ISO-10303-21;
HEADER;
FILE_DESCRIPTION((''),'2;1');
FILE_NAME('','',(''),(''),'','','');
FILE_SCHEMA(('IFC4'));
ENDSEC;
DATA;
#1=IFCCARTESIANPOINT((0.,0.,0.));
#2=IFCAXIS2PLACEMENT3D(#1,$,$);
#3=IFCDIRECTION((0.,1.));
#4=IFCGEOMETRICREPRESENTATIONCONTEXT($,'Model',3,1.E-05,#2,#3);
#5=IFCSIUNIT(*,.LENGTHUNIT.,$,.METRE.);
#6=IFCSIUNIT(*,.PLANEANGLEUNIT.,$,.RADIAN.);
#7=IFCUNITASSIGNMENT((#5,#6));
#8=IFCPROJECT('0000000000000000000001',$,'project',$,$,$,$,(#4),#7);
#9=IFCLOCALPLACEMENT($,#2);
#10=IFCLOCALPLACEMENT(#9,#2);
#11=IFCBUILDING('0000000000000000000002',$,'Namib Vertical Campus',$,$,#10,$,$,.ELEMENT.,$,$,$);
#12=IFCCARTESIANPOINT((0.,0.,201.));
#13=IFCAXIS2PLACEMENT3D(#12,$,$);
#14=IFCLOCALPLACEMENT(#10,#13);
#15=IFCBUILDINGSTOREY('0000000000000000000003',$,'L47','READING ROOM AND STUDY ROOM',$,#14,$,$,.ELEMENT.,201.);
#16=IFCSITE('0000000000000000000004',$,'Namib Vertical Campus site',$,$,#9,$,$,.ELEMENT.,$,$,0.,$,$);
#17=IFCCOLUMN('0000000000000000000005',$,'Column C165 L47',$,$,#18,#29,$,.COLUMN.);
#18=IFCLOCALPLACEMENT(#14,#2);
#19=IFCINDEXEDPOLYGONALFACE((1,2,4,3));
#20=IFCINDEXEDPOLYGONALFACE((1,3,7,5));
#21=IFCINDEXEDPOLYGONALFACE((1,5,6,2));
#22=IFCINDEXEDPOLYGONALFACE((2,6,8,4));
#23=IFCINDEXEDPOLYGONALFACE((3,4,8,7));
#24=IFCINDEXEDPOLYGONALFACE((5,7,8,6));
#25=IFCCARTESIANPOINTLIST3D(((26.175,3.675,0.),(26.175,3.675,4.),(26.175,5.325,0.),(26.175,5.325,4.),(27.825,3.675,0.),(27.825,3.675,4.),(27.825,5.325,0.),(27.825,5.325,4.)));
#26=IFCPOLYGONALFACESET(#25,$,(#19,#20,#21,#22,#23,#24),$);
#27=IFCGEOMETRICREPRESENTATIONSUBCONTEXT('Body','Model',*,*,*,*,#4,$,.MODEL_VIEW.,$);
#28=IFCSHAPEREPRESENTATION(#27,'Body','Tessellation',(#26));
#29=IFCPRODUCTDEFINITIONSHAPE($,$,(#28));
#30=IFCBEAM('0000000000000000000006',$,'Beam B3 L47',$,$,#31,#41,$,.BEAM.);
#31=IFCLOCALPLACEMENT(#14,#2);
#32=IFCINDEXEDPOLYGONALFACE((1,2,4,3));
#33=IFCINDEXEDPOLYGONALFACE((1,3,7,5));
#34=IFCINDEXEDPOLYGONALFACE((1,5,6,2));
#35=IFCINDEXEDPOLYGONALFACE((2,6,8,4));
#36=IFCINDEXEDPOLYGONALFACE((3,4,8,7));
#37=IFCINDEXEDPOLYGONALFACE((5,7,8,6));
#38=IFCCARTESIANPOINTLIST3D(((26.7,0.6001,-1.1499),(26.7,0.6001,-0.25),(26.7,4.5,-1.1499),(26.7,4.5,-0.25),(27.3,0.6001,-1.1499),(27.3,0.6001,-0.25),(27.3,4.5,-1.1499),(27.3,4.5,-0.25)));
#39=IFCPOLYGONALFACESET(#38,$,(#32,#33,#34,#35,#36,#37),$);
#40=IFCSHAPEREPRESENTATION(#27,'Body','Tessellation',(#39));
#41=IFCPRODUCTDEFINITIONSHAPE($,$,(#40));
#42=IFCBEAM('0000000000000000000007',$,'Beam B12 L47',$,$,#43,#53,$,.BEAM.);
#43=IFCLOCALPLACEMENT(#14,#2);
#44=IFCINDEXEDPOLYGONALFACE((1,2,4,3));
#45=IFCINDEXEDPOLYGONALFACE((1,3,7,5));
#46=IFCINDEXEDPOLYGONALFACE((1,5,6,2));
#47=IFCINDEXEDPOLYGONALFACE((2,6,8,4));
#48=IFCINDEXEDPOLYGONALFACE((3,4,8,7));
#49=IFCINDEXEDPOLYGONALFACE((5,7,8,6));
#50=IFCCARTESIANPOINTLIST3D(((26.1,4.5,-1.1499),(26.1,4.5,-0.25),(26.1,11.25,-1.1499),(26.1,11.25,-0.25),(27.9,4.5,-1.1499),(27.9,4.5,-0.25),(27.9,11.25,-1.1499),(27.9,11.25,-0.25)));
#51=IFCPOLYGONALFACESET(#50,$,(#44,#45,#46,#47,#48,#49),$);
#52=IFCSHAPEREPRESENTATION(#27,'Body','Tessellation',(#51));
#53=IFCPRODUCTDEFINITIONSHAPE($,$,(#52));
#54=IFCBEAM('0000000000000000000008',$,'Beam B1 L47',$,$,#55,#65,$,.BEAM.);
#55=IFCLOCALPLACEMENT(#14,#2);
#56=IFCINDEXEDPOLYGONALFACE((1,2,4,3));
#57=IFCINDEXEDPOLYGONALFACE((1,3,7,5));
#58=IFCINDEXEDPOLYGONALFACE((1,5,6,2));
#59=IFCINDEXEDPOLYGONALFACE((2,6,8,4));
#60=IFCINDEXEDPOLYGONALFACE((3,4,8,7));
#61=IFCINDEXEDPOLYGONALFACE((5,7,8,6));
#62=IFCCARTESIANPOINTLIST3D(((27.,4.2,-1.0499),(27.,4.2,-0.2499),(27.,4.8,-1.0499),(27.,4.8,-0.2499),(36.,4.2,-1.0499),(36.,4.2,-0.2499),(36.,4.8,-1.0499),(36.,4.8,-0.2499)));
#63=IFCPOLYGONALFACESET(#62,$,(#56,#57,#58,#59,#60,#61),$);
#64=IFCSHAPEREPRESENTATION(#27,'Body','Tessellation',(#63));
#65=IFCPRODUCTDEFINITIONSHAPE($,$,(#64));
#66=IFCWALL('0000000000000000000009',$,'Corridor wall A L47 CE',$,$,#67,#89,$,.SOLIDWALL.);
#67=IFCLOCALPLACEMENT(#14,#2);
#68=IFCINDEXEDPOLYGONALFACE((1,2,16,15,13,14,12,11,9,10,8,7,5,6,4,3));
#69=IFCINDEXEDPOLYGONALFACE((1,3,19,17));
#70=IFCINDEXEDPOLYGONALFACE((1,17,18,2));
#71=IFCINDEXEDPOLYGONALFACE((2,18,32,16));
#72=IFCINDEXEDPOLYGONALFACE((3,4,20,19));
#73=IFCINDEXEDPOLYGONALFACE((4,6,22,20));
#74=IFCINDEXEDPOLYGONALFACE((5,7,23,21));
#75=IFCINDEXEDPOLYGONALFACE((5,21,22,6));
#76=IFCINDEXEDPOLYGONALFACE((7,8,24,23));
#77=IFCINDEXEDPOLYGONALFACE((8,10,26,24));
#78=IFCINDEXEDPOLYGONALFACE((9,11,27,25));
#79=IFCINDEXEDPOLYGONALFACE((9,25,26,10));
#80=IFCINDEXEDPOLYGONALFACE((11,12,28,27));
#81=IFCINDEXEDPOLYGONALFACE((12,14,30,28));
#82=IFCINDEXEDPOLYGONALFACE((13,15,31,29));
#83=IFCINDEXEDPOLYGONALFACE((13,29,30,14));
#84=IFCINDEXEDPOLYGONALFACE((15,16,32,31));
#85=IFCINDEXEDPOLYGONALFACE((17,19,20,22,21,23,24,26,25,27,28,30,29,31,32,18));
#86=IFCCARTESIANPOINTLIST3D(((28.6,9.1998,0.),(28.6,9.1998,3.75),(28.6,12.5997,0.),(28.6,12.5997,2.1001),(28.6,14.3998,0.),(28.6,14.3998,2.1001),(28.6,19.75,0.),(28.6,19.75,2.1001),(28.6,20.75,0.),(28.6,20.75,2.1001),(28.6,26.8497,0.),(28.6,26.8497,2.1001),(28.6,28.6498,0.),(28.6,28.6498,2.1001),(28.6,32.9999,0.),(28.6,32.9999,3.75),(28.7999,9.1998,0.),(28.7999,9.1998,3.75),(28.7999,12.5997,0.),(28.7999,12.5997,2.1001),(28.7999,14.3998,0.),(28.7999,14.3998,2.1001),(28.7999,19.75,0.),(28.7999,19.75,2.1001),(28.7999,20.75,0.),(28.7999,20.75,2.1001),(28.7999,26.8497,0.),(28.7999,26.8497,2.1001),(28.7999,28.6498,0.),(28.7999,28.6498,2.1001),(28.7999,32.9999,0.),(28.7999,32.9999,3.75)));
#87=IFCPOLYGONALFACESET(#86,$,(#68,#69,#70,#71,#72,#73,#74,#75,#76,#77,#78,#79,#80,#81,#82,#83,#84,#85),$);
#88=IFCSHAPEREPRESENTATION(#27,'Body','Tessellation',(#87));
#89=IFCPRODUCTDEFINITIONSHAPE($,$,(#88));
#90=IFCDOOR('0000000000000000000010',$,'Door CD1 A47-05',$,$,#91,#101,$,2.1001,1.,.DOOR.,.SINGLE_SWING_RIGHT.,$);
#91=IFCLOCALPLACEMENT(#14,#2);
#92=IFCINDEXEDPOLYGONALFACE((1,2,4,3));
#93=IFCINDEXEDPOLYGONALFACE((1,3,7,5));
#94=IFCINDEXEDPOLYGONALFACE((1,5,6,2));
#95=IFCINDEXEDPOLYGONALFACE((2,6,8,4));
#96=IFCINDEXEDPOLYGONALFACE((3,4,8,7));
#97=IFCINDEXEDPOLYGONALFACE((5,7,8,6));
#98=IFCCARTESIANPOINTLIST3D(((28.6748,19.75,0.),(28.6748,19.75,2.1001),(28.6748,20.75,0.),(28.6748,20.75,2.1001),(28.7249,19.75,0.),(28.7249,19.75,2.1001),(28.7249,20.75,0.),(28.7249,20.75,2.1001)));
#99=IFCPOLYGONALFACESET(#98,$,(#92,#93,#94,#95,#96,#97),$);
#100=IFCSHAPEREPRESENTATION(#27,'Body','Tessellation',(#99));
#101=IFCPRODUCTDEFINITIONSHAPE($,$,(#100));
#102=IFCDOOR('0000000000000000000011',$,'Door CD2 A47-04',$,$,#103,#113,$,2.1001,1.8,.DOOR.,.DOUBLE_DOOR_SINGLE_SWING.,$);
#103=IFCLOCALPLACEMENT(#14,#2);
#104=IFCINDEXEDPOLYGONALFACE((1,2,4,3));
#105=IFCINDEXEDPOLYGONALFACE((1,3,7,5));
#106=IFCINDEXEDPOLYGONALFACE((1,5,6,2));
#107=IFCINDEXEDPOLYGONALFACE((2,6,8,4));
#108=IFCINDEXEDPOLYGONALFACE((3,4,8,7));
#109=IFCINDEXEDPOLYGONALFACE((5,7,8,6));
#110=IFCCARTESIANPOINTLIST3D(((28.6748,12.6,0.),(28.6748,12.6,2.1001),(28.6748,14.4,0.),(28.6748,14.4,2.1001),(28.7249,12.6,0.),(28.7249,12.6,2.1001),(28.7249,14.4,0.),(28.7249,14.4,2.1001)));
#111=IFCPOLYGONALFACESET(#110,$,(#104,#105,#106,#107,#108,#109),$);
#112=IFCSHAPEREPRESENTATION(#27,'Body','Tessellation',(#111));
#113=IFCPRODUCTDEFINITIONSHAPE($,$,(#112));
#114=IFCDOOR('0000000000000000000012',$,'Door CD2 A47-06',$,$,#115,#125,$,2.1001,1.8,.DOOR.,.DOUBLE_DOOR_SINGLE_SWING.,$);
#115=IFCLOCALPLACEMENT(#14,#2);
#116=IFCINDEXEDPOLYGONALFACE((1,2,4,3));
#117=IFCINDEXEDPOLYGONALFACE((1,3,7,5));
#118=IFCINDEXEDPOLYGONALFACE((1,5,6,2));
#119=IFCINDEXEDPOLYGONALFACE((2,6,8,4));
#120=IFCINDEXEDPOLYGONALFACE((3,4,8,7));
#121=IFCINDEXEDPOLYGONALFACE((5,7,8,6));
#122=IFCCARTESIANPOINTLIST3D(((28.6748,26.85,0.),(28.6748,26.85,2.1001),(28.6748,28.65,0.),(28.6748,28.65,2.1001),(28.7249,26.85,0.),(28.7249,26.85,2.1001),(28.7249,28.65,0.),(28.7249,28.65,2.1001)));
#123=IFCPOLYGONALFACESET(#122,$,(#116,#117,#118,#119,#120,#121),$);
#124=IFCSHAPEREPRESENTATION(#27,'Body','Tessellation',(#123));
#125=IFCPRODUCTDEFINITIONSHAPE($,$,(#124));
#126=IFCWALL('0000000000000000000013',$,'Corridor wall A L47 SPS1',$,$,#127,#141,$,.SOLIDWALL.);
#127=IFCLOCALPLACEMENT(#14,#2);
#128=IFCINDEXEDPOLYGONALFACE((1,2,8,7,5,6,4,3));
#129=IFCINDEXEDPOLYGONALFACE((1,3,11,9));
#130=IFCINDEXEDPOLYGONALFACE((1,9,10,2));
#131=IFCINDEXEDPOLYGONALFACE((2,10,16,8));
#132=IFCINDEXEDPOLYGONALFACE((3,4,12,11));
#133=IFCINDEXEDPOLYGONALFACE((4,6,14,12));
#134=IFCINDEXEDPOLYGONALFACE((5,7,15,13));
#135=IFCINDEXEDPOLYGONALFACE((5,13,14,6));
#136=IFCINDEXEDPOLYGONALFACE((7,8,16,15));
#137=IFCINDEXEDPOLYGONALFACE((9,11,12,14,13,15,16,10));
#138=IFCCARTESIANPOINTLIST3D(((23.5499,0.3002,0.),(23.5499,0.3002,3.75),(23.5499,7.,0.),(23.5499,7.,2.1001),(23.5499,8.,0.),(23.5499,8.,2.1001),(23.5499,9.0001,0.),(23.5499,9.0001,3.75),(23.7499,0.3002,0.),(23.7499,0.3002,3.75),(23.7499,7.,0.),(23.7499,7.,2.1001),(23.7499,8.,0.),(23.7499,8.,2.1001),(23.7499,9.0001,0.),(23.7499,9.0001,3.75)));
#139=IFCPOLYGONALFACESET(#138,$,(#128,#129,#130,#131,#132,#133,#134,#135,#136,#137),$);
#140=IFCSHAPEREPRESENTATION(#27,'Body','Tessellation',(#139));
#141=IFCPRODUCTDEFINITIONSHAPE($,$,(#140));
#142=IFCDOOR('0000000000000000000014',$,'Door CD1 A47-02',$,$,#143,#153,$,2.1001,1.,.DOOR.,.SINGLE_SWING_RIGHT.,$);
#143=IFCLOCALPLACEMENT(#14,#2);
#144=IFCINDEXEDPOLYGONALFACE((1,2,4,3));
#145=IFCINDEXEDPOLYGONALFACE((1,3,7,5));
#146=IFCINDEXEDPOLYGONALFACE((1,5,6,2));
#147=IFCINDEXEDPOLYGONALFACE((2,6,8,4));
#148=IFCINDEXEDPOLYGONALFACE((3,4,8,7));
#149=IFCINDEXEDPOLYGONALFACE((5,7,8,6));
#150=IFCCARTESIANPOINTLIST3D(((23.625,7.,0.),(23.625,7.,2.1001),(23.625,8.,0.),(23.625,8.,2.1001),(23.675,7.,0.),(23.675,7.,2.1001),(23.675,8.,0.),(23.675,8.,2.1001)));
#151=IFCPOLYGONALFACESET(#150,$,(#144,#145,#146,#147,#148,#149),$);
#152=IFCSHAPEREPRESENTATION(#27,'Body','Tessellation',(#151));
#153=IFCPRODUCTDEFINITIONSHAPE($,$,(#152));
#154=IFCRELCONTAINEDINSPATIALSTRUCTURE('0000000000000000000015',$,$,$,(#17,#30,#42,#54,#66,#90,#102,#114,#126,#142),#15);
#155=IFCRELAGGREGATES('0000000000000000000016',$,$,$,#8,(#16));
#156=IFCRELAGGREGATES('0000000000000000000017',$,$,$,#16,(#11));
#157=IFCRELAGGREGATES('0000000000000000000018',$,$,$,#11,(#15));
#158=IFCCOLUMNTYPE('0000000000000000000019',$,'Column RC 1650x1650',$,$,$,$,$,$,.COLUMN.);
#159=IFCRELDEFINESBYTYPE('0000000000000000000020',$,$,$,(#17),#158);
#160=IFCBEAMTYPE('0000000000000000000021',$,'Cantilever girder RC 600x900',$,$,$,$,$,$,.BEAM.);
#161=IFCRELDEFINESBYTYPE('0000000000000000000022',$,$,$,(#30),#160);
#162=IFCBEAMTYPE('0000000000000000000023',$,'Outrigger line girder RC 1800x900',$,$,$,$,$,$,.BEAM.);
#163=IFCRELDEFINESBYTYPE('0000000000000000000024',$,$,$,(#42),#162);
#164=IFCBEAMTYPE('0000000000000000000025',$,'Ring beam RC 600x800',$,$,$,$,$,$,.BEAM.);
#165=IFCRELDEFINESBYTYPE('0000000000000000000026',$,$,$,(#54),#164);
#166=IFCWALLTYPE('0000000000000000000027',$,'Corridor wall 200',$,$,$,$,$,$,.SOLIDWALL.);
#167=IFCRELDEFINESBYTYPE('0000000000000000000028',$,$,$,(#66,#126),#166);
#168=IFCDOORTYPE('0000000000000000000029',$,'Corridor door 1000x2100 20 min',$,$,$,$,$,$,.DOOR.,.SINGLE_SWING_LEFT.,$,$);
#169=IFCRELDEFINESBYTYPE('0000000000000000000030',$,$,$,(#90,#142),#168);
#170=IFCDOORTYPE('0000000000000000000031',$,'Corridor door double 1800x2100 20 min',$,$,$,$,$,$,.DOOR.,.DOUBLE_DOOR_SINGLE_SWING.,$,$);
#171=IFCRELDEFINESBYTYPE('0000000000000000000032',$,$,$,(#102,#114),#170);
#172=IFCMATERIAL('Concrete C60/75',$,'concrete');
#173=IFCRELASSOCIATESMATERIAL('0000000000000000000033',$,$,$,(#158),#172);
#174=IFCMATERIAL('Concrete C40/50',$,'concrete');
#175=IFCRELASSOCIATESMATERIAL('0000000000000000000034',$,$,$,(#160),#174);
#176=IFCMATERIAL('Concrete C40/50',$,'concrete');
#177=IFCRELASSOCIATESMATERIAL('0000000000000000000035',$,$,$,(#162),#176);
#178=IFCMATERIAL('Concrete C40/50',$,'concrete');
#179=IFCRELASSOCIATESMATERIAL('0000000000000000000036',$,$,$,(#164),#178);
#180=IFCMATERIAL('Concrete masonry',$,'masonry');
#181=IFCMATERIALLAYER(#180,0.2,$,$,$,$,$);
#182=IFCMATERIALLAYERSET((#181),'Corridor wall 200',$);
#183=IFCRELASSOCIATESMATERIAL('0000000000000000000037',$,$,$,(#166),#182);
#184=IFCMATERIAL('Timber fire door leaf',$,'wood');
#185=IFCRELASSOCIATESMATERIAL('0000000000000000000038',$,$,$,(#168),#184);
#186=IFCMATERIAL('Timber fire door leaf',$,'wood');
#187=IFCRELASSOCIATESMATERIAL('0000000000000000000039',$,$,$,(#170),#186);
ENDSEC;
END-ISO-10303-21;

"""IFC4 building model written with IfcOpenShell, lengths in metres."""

from ifc_helpers import new_model, si_unit, direction, frame, frame_2d, origin, origin_2d, place, context, subcontext, project, spatial, rectangle, extrude, material, layer, layer_set, material_profile, profile_set, type_object, element, fill, save


model = new_model("IFC4")

# Units and contexts
model_context = context("Model", 3, precision=1e-05, world=origin(), true_north=direction((0.0, 1.0)))
body_context = subcontext(model_context, "Body", "Model", "MODEL_VIEW")
ifc_project = project(units=[si_unit("LENGTHUNIT", "METRE"), si_unit("PLANEANGLEUNIT", "RADIAN")], contexts=[model_context])

# Site, building, storey
site_placement = place(None, origin())
site = spatial("IfcSite", under=ifc_project, at=site_placement, Name="Namib Vertical Campus site", CompositionType="ELEMENT", RefElevation=0.0)
building_placement = place(site_placement, origin())
building = spatial("IfcBuilding", under=site, at=building_placement, Name="Namib Vertical Campus", CompositionType="ELEMENT")
storey_placement = place(building_placement, frame((0.0, 0.0, 201.0)))
storey = spatial("IfcBuildingStorey", under=building, at=storey_placement, Name="L47", Description="READING ROOM AND STUDY ROOM", CompositionType="ELEMENT", Elevation=201.0)

# Column
ifc_material_1 = material(Name="Concrete C60/75", Category="concrete")
ifc_material_profile_1 = material_profile(ifc_material_1, rectangle(XDim=1.6499, YDim=1.6499, at=origin_2d()))
ifc_profile_set_1 = profile_set([ifc_material_profile_1], Name="Concrete C60/75")
column_type = type_object("IfcColumnType", Name="Column RC 1650x1650", PredefinedType="COLUMN", material=ifc_profile_set_1)
column_placement = place(storey_placement, frame((27.0, 4.5, 0.0), z_axis=(0.0, 0.0, 1.0), x_axis=(1.0, 0.0, 0.0)))
element("IfcColumn", 1, at=column_placement, inside=storey, type_object=column_type, Name="Column C165 L47", PredefinedType="COLUMN", context=body_context, shape_type="SweptSolid", body=[
    extrude(rectangle(XDim=1.6499, YDim=1.6499, at=origin_2d()), origin(), (0.0, 0.0, 1.0), 4.0),
])

# Beams
ifc_material_2 = material(Name="Concrete C40/50", Category="concrete")
ifc_material_profile_2 = material_profile(ifc_material_2, rectangle(XDim=0.6001, YDim=0.8999, at=origin_2d()))
ifc_profile_set_2 = profile_set([ifc_material_profile_2], Name="Concrete C40/50")
beam_type_1 = type_object("IfcBeamType", Name="Cantilever girder RC 600x900", PredefinedType="BEAM", material=ifc_profile_set_2)
beam_1_placement = place(storey_placement, frame((27.0, 4.5, -0.7), z_axis=(0.0, -1.0, 0.0), x_axis=(1.0, 0.0, 0.0)))
element("IfcBeam", 2, at=beam_1_placement, inside=storey, type_object=beam_type_1, Name="Beam B3 L47", PredefinedType="BEAM", context=body_context, shape_type="SweptSolid", body=[
    extrude(rectangle(XDim=0.6001, YDim=0.8999, at=origin_2d()), origin(), (0.0, 0.0, 1.0), 3.8999),
])
ifc_material_3 = material(Name="Concrete C40/50", Category="concrete")
ifc_material_profile_3 = material_profile(ifc_material_3, rectangle(XDim=1.8, YDim=0.8999, at=origin_2d()))
ifc_profile_set_3 = profile_set([ifc_material_profile_3], Name="Concrete C40/50")
beam_type_2 = type_object("IfcBeamType", Name="Outrigger line girder RC 1800x900", PredefinedType="BEAM", material=ifc_profile_set_3)
beam_2_placement = place(storey_placement, frame((27.0, 4.5, -0.7), z_axis=(0.0, 1.0, 0.0), x_axis=(-1.0, 0.0, 0.0)))
element("IfcBeam", 3, at=beam_2_placement, inside=storey, type_object=beam_type_2, Name="Beam B12 L47", PredefinedType="BEAM", context=body_context, shape_type="SweptSolid", body=[
    extrude(rectangle(XDim=1.8, YDim=0.8999, at=origin_2d()), origin(), (0.0, 0.0, 1.0), 6.75),
])
ifc_material_4 = material(Name="Concrete C40/50", Category="concrete")
ifc_material_profile_4 = material_profile(ifc_material_4, rectangle(XDim=0.6001, YDim=0.8, at=origin_2d()))
ifc_profile_set_4 = profile_set([ifc_material_profile_4], Name="Concrete C40/50")
beam_type_3 = type_object("IfcBeamType", Name="Ring beam RC 600x800", PredefinedType="BEAM", material=ifc_profile_set_4)
beam_3_placement = place(storey_placement, frame((27.0, 4.5, -0.6499), z_axis=(1.0, 0.0, 0.0), x_axis=(0.0, 1.0, 0.0)))
element("IfcBeam", 4, at=beam_3_placement, inside=storey, type_object=beam_type_3, Name="Beam B1 L47", PredefinedType="BEAM", context=body_context, shape_type="SweptSolid", body=[
    extrude(rectangle(XDim=0.6001, YDim=0.8, at=origin_2d()), origin(), (0.0, 0.0, 1.0), 9.0),
])

# Wall, openings, doors
ifc_material_5 = material(Name="Concrete masonry", Category="masonry")
ifc_layer_1 = layer(ifc_material_5, 0.2)
ifc_layer_set_1 = layer_set([ifc_layer_1], Name="Corridor wall 200")
wall_type = type_object("IfcWallType", Name="Corridor wall 200", PredefinedType="SOLIDWALL", material=ifc_layer_set_1)
wall_1_placement = place(storey_placement, frame((28.7, 9.2, 0.0), z_axis=(0.0, 0.0, 1.0), x_axis=(0.0, 1.0, 0.0)))
wall_1 = element("IfcWall", 5, at=wall_1_placement, inside=storey, type_object=wall_type, Name="Corridor wall A L47 CE", PredefinedType="SOLIDWALL", context=body_context, shape_type="SweptSolid", body=[
    extrude(rectangle(XDim=23.8, YDim=0.2, at=frame_2d((11.8999, 0.0))), origin(), (0.0, 0.0, 1.0), 3.75),
])
opening_1_placement = place(wall_1_placement, frame((3.3999, 0.0, 0.0)))
opening_1 = element("IfcOpeningElement", 6, at=opening_1_placement, cuts=wall_1, PredefinedType="OPENING", context=body_context, shape_type="SweptSolid", body=[
    extrude(rectangle(XDim=1.8, YDim=2.1001, at=frame_2d((0.8999, 1.05))), frame((0.0, 0.1099, 0.0), z_axis=(0.0, -1.0, 0.0), x_axis=(1.0, 0.0, 0.0)), (0.0, 0.0, 1.0), 0.22),
])
opening_2_placement = place(wall_1_placement, frame((10.55, 0.0, 0.0)))
opening_2 = element("IfcOpeningElement", 7, at=opening_2_placement, cuts=wall_1, PredefinedType="OPENING", context=body_context, shape_type="SweptSolid", body=[
    extrude(rectangle(XDim=1.0, YDim=2.1001, at=frame_2d((0.5, 1.05))), frame((0.0, 0.1099, 0.0), z_axis=(0.0, -1.0, 0.0), x_axis=(1.0, 0.0, 0.0)), (0.0, 0.0, 1.0), 0.22),
])
opening_3_placement = place(wall_1_placement, frame((17.6499, 0.0, 0.0)))
opening_3 = element("IfcOpeningElement", 8, at=opening_3_placement, cuts=wall_1, PredefinedType="OPENING", context=body_context, shape_type="SweptSolid", body=[
    extrude(rectangle(XDim=1.8, YDim=2.1001, at=frame_2d((0.8999, 1.05))), frame((0.0, 0.1099, 0.0), z_axis=(0.0, -1.0, 0.0), x_axis=(1.0, 0.0, 0.0)), (0.0, 0.0, 1.0), 0.22),
])
ifc_material_6 = material(Name="Timber fire door leaf", Category="wood")
door_type_1 = type_object("IfcDoorType", Name="Corridor door 1000x2100 20 min", OperationType="SINGLE_SWING_LEFT", PredefinedType="DOOR", material=ifc_material_6)
door_1_placement = place(opening_2_placement, frame((1.0, 0.0, 0.0), z_axis=(0.0, 0.0, 1.0), x_axis=(-1.0, 0.0, 0.0)))
door_1 = element("IfcDoor", 9, at=door_1_placement, inside=storey, type_object=door_type_1, Name="Door CD1 A47-05", OperationType="SINGLE_SWING_RIGHT", OverallHeight=2.1001, OverallWidth=1.0, PredefinedType="DOOR", context=body_context, shape_type="SweptSolid", body=[
    extrude(rectangle(XDim=1.0, YDim=2.1001, at=frame_2d((0.5, 1.05))), frame((0.0, 0.0249, 0.0), z_axis=(0.0, -1.0, 0.0), x_axis=(1.0, 0.0, 0.0)), (0.0, 0.0, 1.0), 0.05),
])
fill(opening_2, door_1)
ifc_material_7 = material(Name="Timber fire door leaf", Category="wood")
door_type_2 = type_object("IfcDoorType", Name="Corridor door double 1800x2100 20 min", OperationType="DOUBLE_DOOR_SINGLE_SWING", PredefinedType="DOOR", material=ifc_material_7)
door_2_placement = place(opening_1_placement, frame((1.8, 0.0, 0.0), z_axis=(0.0, 0.0, 1.0), x_axis=(-1.0, 0.0, 0.0)))
door_2 = element("IfcDoor", 10, at=door_2_placement, inside=storey, type_object=door_type_2, Name="Door CD2 A47-04", OperationType="DOUBLE_DOOR_SINGLE_SWING", OverallHeight=2.1001, OverallWidth=1.8, PredefinedType="DOOR", context=body_context, shape_type="SweptSolid", body=[
    extrude(rectangle(XDim=1.8, YDim=2.1001, at=frame_2d((0.8999, 1.05))), frame((0.0, 0.0249, 0.0), z_axis=(0.0, -1.0, 0.0), x_axis=(1.0, 0.0, 0.0)), (0.0, 0.0, 1.0), 0.05),
])
fill(opening_1, door_2)
door_3_placement = place(opening_3_placement, frame((1.8, 0.0, 0.0), z_axis=(0.0, 0.0, 1.0), x_axis=(-1.0, 0.0, 0.0)))
door_3 = element("IfcDoor", 11, at=door_3_placement, inside=storey, type_object=door_type_2, Name="Door CD2 A47-06", OperationType="DOUBLE_DOOR_SINGLE_SWING", OverallHeight=2.1001, OverallWidth=1.8, PredefinedType="DOOR", context=body_context, shape_type="SweptSolid", body=[
    extrude(rectangle(XDim=1.8, YDim=2.1001, at=frame_2d((0.8999, 1.05))), frame((0.0, 0.0249, 0.0), z_axis=(0.0, -1.0, 0.0), x_axis=(1.0, 0.0, 0.0)), (0.0, 0.0, 1.0), 0.05),
])
fill(opening_3, door_3)

# Wall, opening, door
wall_2_placement = place(storey_placement, frame((23.6499, 0.3, 0.0), z_axis=(0.0, 0.0, 1.0), x_axis=(0.0, 1.0, 0.0)))
wall_2 = element("IfcWall", 12, at=wall_2_placement, inside=storey, type_object=wall_type, Name="Corridor wall A L47 SPS1", PredefinedType="SOLIDWALL", context=body_context, shape_type="SweptSolid", body=[
    extrude(rectangle(XDim=8.7, YDim=0.2, at=frame_2d((4.3501, 0.0))), origin(), (0.0, 0.0, 1.0), 3.75),
])
opening_4_placement = place(wall_2_placement, frame((6.7, 0.0, 0.0)))
opening_4 = element("IfcOpeningElement", 13, at=opening_4_placement, cuts=wall_2, PredefinedType="OPENING", context=body_context, shape_type="SweptSolid", body=[
    extrude(rectangle(XDim=1.0, YDim=2.1001, at=frame_2d((0.5, 1.05))), frame((0.0, 0.1099, 0.0), z_axis=(0.0, -1.0, 0.0), x_axis=(1.0, 0.0, 0.0)), (0.0, 0.0, 1.0), 0.22),
])
door_4_placement = place(opening_4_placement, origin())
door_4 = element("IfcDoor", 14, at=door_4_placement, inside=storey, type_object=door_type_1, Name="Door CD1 A47-02", OperationType="SINGLE_SWING_RIGHT", OverallHeight=2.1001, OverallWidth=1.0, PredefinedType="DOOR", context=body_context, shape_type="SweptSolid", body=[
    extrude(rectangle(XDim=1.0, YDim=2.1001, at=frame_2d((0.5, 1.05))), frame((0.0, 0.0249, 0.0), z_axis=(0.0, -1.0, 0.0), x_axis=(1.0, 0.0, 0.0)), (0.0, 0.0, 1.0), 0.05),
])
fill(opening_4, door_4)

save(model, "model.ifc")
